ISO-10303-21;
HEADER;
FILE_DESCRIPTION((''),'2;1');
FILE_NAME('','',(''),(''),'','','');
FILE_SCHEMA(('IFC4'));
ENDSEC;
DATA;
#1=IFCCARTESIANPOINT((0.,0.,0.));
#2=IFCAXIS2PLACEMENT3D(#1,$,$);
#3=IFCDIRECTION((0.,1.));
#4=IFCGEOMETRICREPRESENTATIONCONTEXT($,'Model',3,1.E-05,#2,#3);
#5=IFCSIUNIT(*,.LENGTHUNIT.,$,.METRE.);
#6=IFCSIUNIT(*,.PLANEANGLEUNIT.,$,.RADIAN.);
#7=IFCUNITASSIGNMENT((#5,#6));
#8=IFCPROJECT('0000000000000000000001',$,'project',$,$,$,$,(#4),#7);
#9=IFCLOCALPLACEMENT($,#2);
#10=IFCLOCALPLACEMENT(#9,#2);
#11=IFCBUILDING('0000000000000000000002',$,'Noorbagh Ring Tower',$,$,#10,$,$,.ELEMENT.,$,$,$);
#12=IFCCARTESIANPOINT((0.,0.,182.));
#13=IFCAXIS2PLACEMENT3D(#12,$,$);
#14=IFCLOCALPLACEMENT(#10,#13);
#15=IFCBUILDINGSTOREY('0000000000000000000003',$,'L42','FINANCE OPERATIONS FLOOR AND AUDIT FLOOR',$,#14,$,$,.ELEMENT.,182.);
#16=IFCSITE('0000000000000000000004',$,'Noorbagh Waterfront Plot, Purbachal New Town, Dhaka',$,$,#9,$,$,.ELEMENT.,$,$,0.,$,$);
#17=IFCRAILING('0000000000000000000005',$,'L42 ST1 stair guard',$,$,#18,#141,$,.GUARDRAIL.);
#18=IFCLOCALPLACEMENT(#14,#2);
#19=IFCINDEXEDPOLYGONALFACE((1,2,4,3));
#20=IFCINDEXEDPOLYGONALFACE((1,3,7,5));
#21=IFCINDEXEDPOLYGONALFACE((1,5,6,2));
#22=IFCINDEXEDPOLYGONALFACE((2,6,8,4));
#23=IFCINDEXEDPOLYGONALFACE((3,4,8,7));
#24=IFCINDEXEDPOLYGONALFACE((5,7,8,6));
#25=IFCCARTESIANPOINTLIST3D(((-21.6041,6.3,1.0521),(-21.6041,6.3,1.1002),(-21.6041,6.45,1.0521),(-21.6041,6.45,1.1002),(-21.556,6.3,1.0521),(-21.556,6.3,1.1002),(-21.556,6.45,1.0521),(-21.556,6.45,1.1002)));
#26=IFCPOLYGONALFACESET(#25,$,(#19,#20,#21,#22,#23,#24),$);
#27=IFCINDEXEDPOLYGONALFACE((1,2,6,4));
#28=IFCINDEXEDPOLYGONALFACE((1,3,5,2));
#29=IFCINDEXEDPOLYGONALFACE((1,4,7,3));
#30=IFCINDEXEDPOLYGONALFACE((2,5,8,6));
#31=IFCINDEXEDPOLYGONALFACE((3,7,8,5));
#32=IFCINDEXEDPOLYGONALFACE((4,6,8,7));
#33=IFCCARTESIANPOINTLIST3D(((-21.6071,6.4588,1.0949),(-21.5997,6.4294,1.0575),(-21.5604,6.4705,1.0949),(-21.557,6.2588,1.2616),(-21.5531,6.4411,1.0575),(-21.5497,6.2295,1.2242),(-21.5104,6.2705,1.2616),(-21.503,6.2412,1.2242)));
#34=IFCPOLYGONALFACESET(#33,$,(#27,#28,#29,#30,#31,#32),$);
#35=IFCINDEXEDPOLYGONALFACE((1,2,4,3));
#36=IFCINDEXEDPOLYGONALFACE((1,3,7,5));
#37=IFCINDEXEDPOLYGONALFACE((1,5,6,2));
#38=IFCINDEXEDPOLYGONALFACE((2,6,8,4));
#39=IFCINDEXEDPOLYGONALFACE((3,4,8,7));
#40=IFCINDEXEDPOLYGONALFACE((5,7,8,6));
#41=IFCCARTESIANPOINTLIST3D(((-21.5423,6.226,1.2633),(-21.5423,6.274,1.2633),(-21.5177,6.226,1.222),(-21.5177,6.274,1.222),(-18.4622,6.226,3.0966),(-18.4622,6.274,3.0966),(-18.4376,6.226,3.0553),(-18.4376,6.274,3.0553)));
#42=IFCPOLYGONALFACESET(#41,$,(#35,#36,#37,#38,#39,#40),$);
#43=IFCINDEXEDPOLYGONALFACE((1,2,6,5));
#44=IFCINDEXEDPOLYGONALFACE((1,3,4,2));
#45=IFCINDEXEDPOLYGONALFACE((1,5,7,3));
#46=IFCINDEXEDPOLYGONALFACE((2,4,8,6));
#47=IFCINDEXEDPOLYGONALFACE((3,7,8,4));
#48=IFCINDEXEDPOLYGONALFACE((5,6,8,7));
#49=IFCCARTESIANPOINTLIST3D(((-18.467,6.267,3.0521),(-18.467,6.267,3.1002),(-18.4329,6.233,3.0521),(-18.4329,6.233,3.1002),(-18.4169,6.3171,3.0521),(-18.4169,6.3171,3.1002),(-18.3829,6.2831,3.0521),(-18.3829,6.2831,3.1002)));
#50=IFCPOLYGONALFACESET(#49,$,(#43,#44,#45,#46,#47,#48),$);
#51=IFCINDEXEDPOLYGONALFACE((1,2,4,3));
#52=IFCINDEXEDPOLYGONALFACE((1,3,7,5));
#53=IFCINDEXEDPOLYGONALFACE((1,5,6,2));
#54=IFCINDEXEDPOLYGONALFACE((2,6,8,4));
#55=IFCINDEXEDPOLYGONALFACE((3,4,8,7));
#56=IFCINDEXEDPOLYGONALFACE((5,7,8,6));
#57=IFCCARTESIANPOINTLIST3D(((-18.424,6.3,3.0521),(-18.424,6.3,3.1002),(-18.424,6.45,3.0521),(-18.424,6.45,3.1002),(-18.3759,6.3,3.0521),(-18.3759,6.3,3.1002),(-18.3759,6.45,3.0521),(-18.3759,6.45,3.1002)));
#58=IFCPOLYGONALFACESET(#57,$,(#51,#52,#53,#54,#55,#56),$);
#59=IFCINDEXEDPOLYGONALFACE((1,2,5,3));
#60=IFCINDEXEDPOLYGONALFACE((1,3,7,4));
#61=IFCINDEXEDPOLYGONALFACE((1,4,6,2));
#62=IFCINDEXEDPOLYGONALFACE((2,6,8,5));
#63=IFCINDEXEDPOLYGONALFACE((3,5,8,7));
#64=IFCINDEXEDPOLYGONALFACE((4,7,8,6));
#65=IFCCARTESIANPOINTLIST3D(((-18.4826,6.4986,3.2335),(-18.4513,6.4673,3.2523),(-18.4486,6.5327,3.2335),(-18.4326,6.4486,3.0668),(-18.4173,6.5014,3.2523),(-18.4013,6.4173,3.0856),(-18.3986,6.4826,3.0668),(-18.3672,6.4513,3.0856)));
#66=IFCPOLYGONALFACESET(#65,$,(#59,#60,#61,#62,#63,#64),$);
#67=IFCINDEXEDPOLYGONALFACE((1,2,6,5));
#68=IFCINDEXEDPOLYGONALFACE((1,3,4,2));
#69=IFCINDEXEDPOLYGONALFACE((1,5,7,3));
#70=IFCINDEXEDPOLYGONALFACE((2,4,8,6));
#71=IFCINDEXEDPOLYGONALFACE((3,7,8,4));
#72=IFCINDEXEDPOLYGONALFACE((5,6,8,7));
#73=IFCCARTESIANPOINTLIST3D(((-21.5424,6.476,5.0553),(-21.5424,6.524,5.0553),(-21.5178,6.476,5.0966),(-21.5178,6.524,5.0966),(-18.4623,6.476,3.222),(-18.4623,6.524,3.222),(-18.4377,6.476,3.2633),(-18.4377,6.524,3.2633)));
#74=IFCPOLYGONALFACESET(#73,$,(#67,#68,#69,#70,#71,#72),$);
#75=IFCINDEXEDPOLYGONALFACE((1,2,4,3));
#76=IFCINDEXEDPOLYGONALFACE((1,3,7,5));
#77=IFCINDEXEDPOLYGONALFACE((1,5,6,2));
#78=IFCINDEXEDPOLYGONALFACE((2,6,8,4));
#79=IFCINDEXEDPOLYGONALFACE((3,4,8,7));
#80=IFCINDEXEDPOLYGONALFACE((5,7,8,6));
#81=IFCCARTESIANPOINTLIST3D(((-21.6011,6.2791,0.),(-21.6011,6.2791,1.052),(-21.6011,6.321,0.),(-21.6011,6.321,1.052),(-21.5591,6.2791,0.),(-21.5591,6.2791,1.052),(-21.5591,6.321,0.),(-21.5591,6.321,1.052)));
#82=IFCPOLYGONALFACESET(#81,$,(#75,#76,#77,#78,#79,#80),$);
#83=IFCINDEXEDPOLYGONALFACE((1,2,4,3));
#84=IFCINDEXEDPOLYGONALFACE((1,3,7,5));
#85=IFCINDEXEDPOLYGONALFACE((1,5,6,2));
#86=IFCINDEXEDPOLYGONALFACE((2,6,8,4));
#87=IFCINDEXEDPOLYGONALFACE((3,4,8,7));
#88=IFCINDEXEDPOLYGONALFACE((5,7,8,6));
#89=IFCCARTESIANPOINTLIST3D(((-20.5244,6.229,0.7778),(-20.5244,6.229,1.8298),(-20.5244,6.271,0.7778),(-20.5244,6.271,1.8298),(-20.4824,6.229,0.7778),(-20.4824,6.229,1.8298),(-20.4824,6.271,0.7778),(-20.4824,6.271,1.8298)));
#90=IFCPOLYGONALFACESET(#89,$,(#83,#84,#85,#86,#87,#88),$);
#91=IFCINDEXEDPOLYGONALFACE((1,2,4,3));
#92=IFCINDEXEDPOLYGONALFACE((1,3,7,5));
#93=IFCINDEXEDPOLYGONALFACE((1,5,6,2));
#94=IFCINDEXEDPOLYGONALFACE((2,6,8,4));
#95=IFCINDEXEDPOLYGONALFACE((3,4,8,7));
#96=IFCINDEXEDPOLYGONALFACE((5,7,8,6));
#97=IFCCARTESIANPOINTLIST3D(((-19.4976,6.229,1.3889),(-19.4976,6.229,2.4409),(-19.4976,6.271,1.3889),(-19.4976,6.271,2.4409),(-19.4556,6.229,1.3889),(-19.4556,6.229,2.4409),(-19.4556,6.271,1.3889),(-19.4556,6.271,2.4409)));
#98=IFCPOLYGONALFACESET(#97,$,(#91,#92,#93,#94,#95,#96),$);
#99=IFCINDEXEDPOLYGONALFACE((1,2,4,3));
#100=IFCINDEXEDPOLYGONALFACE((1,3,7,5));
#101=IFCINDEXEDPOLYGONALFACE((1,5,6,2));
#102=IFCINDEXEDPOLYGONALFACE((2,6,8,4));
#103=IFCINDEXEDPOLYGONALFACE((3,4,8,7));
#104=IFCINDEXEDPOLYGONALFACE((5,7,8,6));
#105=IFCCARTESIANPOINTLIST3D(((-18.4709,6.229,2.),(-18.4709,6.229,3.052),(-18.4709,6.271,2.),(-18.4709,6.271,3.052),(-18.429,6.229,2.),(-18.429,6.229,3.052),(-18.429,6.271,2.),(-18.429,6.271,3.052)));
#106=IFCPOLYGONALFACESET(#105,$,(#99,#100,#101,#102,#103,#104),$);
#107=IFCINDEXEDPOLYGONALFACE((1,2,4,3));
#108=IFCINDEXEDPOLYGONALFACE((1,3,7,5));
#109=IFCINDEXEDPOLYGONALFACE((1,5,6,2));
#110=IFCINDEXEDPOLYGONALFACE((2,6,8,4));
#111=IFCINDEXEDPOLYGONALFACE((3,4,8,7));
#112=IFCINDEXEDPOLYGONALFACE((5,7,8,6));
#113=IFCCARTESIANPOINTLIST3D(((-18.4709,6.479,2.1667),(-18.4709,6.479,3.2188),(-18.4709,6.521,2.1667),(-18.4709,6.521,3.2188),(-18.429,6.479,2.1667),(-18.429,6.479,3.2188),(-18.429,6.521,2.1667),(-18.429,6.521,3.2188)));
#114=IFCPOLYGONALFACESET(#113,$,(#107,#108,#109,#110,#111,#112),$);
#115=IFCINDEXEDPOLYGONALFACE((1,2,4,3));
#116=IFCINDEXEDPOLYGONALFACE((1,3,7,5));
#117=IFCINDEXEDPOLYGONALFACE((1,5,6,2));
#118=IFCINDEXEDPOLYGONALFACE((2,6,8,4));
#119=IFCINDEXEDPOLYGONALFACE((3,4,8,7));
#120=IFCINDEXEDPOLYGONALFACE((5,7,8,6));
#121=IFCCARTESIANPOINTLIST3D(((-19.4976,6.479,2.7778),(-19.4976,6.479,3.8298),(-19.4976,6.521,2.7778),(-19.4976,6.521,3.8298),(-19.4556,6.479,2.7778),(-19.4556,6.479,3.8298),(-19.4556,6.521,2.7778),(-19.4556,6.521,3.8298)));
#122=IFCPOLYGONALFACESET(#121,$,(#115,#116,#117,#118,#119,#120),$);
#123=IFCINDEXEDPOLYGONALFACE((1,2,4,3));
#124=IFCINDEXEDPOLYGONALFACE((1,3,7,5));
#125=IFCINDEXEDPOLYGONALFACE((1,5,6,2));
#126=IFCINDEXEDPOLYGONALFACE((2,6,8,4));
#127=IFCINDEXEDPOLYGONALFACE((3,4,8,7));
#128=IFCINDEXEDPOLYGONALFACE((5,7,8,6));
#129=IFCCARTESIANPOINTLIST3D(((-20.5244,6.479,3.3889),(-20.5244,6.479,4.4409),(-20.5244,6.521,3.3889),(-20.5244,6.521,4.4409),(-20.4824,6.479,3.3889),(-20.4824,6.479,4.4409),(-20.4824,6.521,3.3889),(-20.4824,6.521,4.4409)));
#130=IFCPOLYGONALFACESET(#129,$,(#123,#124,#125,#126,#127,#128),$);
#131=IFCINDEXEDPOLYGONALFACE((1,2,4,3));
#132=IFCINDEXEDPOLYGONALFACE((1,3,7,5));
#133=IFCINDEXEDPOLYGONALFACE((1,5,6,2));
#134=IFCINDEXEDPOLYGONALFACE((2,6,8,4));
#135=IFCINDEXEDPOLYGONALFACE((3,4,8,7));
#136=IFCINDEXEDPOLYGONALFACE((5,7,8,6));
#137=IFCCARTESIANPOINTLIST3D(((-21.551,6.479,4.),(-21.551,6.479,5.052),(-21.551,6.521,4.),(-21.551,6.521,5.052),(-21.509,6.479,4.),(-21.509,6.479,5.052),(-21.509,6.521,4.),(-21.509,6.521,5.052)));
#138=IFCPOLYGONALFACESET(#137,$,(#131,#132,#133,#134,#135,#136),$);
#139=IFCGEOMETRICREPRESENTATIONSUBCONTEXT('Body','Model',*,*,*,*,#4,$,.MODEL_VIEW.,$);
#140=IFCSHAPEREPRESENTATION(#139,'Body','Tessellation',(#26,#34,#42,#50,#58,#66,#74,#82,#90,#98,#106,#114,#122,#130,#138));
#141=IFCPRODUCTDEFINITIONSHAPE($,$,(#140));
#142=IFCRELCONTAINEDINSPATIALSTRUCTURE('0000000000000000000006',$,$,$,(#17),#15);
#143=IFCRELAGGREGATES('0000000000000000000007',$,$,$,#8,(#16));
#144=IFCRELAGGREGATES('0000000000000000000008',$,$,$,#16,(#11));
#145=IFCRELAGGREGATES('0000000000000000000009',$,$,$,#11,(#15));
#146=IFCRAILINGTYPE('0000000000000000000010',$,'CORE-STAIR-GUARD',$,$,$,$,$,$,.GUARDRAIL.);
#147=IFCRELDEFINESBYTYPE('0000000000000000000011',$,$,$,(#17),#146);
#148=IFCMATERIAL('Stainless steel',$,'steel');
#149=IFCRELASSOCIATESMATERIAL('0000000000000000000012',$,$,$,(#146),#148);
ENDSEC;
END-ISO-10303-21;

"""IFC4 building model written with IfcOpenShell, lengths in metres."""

from ifc_helpers import new_model, si_unit, direction, frame, origin, origin_2d, place, context, subcontext, project, spatial, rectangle, extrude, material, type_object, element, save


model = new_model("IFC4")

# Units and contexts
model_context = context("Model", 3, precision=1e-05, world=origin(), true_north=direction((0.0, 1.0)))
body_context = subcontext(model_context, "Body", "Model", "MODEL_VIEW")
ifc_project = project(units=[si_unit("LENGTHUNIT", "METRE"), si_unit("PLANEANGLEUNIT", "RADIAN")], contexts=[model_context])

# Site, building, storey
site_placement = place(None, origin())
site = spatial("IfcSite", under=ifc_project, at=site_placement, Name="Noorbagh Waterfront Plot, Purbachal New Town, Dhaka", CompositionType="ELEMENT", RefElevation=0.0)
building_placement = place(site_placement, origin())
building = spatial("IfcBuilding", under=site, at=building_placement, Name="Noorbagh Ring Tower", CompositionType="ELEMENT")
storey_placement = place(building_placement, frame((0.0, 0.0, 182.0)))
storey = spatial("IfcBuildingStorey", under=building, at=storey_placement, Name="L42", Description="FINANCE OPERATIONS FLOOR AND AUDIT FLOOR", CompositionType="ELEMENT", Elevation=182.0)

# Railing
ifc_material_1 = material(Name="Stainless steel", Category="steel")
railing_type_1 = type_object("IfcRailingType", Name="CORE-STAIR-GUARD", PredefinedType="GUARDRAIL", material=ifc_material_1)
railing_1_placement = place(storey_placement, frame((-21.5801, 6.3, 0.0)))
element("IfcRailing", 1, at=railing_1_placement, inside=storey, type_object=railing_type_1, Name="L42 ST1 stair guard", PredefinedType="GUARDRAIL", context=body_context, shape_type="SweptSolid", body=[
    extrude(rectangle(XDim=0.0481, YDim=0.0481, at=origin_2d()), frame((0.0, 0.0, 1.0762), z_axis=(0.0, 1.0, 0.0), x_axis=(-1.0, 0.0, 0.0)), (0.0, 0.0, 1.0), 0.1499),
    extrude(rectangle(XDim=0.0481, YDim=0.0481, at=origin_2d()), frame((0.0, 0.1499, 1.0762), z_axis=(0.188776, -0.754182, 0.628946), x_axis=(0.970073, 0.242814, 0.0)), (0.0, 0.0, 1.0), 0.2651),
    extrude(rectangle(XDim=0.0481, YDim=0.0481, at=origin_2d()), frame((0.05, -0.05, 1.2427), z_axis=(0.859309, 0.0, 0.511458), x_axis=(0.0, 1.0, 0.0)), (0.0, 0.0, 1.0), 3.5845),
    extrude(rectangle(XDim=0.0481, YDim=0.0481, at=origin_2d()), frame((3.1301, -0.05, 3.0762), z_axis=(0.707107, 0.707107, 0.0), x_axis=(-0.707107, 0.707107, 0.0)), (0.0, 0.0, 1.0), 0.0708),
    extrude(rectangle(XDim=0.0481, YDim=0.0481, at=origin_2d()), frame((3.1802, 0.0, 3.0762), z_axis=(0.0, 1.0, 0.0), x_axis=(-1.0, 0.0, 0.0)), (0.0, 0.0, 1.0), 0.1499),
    extrude(rectangle(XDim=0.0481, YDim=0.0481, at=origin_2d()), frame((3.1802, 0.1499, 3.0762), z_axis=(-0.276287, 0.276287, 0.920506), x_axis=(-0.707107, -0.707107, 0.0)), (0.0, 0.0, 1.0), 0.1812),
    extrude(rectangle(XDim=0.0481, YDim=0.0481, at=origin_2d()), frame((3.1301, 0.2, 3.2427), z_axis=(-0.859309, 0.0, 0.511458), x_axis=(0.0, -1.0, 0.0)), (0.0, 0.0, 1.0), 3.5845),
    extrude(rectangle(XDim=0.042, YDim=0.042, at=origin_2d()), origin(), (0.0, 0.0, 1.0), 1.052),
    extrude(rectangle(XDim=0.042, YDim=0.042, at=origin_2d()), frame((1.0767, -0.05, 0.7778)), (0.0, 0.0, 1.0), 1.052),
    extrude(rectangle(XDim=0.042, YDim=0.042, at=origin_2d()), frame((2.1035, -0.05, 1.3889)), (0.0, 0.0, 1.0), 1.052),
    extrude(rectangle(XDim=0.042, YDim=0.042, at=origin_2d()), frame((3.1301, -0.05, 2.0)), (0.0, 0.0, 1.0), 1.052),
    extrude(rectangle(XDim=0.042, YDim=0.042, at=origin_2d()), frame((3.1301, 0.2, 2.1667)), (0.0, 0.0, 1.0), 1.052),
    extrude(rectangle(XDim=0.042, YDim=0.042, at=origin_2d()), frame((2.1035, 0.2, 2.7778)), (0.0, 0.0, 1.0), 1.052),
    extrude(rectangle(XDim=0.042, YDim=0.042, at=origin_2d()), frame((1.0767, 0.2, 3.3889)), (0.0, 0.0, 1.0), 1.052),
    extrude(rectangle(XDim=0.042, YDim=0.042, at=origin_2d()), frame((0.05, 0.2, 4.0)), (0.0, 0.0, 1.0), 1.052),
])

save(model, "model.ifc")
